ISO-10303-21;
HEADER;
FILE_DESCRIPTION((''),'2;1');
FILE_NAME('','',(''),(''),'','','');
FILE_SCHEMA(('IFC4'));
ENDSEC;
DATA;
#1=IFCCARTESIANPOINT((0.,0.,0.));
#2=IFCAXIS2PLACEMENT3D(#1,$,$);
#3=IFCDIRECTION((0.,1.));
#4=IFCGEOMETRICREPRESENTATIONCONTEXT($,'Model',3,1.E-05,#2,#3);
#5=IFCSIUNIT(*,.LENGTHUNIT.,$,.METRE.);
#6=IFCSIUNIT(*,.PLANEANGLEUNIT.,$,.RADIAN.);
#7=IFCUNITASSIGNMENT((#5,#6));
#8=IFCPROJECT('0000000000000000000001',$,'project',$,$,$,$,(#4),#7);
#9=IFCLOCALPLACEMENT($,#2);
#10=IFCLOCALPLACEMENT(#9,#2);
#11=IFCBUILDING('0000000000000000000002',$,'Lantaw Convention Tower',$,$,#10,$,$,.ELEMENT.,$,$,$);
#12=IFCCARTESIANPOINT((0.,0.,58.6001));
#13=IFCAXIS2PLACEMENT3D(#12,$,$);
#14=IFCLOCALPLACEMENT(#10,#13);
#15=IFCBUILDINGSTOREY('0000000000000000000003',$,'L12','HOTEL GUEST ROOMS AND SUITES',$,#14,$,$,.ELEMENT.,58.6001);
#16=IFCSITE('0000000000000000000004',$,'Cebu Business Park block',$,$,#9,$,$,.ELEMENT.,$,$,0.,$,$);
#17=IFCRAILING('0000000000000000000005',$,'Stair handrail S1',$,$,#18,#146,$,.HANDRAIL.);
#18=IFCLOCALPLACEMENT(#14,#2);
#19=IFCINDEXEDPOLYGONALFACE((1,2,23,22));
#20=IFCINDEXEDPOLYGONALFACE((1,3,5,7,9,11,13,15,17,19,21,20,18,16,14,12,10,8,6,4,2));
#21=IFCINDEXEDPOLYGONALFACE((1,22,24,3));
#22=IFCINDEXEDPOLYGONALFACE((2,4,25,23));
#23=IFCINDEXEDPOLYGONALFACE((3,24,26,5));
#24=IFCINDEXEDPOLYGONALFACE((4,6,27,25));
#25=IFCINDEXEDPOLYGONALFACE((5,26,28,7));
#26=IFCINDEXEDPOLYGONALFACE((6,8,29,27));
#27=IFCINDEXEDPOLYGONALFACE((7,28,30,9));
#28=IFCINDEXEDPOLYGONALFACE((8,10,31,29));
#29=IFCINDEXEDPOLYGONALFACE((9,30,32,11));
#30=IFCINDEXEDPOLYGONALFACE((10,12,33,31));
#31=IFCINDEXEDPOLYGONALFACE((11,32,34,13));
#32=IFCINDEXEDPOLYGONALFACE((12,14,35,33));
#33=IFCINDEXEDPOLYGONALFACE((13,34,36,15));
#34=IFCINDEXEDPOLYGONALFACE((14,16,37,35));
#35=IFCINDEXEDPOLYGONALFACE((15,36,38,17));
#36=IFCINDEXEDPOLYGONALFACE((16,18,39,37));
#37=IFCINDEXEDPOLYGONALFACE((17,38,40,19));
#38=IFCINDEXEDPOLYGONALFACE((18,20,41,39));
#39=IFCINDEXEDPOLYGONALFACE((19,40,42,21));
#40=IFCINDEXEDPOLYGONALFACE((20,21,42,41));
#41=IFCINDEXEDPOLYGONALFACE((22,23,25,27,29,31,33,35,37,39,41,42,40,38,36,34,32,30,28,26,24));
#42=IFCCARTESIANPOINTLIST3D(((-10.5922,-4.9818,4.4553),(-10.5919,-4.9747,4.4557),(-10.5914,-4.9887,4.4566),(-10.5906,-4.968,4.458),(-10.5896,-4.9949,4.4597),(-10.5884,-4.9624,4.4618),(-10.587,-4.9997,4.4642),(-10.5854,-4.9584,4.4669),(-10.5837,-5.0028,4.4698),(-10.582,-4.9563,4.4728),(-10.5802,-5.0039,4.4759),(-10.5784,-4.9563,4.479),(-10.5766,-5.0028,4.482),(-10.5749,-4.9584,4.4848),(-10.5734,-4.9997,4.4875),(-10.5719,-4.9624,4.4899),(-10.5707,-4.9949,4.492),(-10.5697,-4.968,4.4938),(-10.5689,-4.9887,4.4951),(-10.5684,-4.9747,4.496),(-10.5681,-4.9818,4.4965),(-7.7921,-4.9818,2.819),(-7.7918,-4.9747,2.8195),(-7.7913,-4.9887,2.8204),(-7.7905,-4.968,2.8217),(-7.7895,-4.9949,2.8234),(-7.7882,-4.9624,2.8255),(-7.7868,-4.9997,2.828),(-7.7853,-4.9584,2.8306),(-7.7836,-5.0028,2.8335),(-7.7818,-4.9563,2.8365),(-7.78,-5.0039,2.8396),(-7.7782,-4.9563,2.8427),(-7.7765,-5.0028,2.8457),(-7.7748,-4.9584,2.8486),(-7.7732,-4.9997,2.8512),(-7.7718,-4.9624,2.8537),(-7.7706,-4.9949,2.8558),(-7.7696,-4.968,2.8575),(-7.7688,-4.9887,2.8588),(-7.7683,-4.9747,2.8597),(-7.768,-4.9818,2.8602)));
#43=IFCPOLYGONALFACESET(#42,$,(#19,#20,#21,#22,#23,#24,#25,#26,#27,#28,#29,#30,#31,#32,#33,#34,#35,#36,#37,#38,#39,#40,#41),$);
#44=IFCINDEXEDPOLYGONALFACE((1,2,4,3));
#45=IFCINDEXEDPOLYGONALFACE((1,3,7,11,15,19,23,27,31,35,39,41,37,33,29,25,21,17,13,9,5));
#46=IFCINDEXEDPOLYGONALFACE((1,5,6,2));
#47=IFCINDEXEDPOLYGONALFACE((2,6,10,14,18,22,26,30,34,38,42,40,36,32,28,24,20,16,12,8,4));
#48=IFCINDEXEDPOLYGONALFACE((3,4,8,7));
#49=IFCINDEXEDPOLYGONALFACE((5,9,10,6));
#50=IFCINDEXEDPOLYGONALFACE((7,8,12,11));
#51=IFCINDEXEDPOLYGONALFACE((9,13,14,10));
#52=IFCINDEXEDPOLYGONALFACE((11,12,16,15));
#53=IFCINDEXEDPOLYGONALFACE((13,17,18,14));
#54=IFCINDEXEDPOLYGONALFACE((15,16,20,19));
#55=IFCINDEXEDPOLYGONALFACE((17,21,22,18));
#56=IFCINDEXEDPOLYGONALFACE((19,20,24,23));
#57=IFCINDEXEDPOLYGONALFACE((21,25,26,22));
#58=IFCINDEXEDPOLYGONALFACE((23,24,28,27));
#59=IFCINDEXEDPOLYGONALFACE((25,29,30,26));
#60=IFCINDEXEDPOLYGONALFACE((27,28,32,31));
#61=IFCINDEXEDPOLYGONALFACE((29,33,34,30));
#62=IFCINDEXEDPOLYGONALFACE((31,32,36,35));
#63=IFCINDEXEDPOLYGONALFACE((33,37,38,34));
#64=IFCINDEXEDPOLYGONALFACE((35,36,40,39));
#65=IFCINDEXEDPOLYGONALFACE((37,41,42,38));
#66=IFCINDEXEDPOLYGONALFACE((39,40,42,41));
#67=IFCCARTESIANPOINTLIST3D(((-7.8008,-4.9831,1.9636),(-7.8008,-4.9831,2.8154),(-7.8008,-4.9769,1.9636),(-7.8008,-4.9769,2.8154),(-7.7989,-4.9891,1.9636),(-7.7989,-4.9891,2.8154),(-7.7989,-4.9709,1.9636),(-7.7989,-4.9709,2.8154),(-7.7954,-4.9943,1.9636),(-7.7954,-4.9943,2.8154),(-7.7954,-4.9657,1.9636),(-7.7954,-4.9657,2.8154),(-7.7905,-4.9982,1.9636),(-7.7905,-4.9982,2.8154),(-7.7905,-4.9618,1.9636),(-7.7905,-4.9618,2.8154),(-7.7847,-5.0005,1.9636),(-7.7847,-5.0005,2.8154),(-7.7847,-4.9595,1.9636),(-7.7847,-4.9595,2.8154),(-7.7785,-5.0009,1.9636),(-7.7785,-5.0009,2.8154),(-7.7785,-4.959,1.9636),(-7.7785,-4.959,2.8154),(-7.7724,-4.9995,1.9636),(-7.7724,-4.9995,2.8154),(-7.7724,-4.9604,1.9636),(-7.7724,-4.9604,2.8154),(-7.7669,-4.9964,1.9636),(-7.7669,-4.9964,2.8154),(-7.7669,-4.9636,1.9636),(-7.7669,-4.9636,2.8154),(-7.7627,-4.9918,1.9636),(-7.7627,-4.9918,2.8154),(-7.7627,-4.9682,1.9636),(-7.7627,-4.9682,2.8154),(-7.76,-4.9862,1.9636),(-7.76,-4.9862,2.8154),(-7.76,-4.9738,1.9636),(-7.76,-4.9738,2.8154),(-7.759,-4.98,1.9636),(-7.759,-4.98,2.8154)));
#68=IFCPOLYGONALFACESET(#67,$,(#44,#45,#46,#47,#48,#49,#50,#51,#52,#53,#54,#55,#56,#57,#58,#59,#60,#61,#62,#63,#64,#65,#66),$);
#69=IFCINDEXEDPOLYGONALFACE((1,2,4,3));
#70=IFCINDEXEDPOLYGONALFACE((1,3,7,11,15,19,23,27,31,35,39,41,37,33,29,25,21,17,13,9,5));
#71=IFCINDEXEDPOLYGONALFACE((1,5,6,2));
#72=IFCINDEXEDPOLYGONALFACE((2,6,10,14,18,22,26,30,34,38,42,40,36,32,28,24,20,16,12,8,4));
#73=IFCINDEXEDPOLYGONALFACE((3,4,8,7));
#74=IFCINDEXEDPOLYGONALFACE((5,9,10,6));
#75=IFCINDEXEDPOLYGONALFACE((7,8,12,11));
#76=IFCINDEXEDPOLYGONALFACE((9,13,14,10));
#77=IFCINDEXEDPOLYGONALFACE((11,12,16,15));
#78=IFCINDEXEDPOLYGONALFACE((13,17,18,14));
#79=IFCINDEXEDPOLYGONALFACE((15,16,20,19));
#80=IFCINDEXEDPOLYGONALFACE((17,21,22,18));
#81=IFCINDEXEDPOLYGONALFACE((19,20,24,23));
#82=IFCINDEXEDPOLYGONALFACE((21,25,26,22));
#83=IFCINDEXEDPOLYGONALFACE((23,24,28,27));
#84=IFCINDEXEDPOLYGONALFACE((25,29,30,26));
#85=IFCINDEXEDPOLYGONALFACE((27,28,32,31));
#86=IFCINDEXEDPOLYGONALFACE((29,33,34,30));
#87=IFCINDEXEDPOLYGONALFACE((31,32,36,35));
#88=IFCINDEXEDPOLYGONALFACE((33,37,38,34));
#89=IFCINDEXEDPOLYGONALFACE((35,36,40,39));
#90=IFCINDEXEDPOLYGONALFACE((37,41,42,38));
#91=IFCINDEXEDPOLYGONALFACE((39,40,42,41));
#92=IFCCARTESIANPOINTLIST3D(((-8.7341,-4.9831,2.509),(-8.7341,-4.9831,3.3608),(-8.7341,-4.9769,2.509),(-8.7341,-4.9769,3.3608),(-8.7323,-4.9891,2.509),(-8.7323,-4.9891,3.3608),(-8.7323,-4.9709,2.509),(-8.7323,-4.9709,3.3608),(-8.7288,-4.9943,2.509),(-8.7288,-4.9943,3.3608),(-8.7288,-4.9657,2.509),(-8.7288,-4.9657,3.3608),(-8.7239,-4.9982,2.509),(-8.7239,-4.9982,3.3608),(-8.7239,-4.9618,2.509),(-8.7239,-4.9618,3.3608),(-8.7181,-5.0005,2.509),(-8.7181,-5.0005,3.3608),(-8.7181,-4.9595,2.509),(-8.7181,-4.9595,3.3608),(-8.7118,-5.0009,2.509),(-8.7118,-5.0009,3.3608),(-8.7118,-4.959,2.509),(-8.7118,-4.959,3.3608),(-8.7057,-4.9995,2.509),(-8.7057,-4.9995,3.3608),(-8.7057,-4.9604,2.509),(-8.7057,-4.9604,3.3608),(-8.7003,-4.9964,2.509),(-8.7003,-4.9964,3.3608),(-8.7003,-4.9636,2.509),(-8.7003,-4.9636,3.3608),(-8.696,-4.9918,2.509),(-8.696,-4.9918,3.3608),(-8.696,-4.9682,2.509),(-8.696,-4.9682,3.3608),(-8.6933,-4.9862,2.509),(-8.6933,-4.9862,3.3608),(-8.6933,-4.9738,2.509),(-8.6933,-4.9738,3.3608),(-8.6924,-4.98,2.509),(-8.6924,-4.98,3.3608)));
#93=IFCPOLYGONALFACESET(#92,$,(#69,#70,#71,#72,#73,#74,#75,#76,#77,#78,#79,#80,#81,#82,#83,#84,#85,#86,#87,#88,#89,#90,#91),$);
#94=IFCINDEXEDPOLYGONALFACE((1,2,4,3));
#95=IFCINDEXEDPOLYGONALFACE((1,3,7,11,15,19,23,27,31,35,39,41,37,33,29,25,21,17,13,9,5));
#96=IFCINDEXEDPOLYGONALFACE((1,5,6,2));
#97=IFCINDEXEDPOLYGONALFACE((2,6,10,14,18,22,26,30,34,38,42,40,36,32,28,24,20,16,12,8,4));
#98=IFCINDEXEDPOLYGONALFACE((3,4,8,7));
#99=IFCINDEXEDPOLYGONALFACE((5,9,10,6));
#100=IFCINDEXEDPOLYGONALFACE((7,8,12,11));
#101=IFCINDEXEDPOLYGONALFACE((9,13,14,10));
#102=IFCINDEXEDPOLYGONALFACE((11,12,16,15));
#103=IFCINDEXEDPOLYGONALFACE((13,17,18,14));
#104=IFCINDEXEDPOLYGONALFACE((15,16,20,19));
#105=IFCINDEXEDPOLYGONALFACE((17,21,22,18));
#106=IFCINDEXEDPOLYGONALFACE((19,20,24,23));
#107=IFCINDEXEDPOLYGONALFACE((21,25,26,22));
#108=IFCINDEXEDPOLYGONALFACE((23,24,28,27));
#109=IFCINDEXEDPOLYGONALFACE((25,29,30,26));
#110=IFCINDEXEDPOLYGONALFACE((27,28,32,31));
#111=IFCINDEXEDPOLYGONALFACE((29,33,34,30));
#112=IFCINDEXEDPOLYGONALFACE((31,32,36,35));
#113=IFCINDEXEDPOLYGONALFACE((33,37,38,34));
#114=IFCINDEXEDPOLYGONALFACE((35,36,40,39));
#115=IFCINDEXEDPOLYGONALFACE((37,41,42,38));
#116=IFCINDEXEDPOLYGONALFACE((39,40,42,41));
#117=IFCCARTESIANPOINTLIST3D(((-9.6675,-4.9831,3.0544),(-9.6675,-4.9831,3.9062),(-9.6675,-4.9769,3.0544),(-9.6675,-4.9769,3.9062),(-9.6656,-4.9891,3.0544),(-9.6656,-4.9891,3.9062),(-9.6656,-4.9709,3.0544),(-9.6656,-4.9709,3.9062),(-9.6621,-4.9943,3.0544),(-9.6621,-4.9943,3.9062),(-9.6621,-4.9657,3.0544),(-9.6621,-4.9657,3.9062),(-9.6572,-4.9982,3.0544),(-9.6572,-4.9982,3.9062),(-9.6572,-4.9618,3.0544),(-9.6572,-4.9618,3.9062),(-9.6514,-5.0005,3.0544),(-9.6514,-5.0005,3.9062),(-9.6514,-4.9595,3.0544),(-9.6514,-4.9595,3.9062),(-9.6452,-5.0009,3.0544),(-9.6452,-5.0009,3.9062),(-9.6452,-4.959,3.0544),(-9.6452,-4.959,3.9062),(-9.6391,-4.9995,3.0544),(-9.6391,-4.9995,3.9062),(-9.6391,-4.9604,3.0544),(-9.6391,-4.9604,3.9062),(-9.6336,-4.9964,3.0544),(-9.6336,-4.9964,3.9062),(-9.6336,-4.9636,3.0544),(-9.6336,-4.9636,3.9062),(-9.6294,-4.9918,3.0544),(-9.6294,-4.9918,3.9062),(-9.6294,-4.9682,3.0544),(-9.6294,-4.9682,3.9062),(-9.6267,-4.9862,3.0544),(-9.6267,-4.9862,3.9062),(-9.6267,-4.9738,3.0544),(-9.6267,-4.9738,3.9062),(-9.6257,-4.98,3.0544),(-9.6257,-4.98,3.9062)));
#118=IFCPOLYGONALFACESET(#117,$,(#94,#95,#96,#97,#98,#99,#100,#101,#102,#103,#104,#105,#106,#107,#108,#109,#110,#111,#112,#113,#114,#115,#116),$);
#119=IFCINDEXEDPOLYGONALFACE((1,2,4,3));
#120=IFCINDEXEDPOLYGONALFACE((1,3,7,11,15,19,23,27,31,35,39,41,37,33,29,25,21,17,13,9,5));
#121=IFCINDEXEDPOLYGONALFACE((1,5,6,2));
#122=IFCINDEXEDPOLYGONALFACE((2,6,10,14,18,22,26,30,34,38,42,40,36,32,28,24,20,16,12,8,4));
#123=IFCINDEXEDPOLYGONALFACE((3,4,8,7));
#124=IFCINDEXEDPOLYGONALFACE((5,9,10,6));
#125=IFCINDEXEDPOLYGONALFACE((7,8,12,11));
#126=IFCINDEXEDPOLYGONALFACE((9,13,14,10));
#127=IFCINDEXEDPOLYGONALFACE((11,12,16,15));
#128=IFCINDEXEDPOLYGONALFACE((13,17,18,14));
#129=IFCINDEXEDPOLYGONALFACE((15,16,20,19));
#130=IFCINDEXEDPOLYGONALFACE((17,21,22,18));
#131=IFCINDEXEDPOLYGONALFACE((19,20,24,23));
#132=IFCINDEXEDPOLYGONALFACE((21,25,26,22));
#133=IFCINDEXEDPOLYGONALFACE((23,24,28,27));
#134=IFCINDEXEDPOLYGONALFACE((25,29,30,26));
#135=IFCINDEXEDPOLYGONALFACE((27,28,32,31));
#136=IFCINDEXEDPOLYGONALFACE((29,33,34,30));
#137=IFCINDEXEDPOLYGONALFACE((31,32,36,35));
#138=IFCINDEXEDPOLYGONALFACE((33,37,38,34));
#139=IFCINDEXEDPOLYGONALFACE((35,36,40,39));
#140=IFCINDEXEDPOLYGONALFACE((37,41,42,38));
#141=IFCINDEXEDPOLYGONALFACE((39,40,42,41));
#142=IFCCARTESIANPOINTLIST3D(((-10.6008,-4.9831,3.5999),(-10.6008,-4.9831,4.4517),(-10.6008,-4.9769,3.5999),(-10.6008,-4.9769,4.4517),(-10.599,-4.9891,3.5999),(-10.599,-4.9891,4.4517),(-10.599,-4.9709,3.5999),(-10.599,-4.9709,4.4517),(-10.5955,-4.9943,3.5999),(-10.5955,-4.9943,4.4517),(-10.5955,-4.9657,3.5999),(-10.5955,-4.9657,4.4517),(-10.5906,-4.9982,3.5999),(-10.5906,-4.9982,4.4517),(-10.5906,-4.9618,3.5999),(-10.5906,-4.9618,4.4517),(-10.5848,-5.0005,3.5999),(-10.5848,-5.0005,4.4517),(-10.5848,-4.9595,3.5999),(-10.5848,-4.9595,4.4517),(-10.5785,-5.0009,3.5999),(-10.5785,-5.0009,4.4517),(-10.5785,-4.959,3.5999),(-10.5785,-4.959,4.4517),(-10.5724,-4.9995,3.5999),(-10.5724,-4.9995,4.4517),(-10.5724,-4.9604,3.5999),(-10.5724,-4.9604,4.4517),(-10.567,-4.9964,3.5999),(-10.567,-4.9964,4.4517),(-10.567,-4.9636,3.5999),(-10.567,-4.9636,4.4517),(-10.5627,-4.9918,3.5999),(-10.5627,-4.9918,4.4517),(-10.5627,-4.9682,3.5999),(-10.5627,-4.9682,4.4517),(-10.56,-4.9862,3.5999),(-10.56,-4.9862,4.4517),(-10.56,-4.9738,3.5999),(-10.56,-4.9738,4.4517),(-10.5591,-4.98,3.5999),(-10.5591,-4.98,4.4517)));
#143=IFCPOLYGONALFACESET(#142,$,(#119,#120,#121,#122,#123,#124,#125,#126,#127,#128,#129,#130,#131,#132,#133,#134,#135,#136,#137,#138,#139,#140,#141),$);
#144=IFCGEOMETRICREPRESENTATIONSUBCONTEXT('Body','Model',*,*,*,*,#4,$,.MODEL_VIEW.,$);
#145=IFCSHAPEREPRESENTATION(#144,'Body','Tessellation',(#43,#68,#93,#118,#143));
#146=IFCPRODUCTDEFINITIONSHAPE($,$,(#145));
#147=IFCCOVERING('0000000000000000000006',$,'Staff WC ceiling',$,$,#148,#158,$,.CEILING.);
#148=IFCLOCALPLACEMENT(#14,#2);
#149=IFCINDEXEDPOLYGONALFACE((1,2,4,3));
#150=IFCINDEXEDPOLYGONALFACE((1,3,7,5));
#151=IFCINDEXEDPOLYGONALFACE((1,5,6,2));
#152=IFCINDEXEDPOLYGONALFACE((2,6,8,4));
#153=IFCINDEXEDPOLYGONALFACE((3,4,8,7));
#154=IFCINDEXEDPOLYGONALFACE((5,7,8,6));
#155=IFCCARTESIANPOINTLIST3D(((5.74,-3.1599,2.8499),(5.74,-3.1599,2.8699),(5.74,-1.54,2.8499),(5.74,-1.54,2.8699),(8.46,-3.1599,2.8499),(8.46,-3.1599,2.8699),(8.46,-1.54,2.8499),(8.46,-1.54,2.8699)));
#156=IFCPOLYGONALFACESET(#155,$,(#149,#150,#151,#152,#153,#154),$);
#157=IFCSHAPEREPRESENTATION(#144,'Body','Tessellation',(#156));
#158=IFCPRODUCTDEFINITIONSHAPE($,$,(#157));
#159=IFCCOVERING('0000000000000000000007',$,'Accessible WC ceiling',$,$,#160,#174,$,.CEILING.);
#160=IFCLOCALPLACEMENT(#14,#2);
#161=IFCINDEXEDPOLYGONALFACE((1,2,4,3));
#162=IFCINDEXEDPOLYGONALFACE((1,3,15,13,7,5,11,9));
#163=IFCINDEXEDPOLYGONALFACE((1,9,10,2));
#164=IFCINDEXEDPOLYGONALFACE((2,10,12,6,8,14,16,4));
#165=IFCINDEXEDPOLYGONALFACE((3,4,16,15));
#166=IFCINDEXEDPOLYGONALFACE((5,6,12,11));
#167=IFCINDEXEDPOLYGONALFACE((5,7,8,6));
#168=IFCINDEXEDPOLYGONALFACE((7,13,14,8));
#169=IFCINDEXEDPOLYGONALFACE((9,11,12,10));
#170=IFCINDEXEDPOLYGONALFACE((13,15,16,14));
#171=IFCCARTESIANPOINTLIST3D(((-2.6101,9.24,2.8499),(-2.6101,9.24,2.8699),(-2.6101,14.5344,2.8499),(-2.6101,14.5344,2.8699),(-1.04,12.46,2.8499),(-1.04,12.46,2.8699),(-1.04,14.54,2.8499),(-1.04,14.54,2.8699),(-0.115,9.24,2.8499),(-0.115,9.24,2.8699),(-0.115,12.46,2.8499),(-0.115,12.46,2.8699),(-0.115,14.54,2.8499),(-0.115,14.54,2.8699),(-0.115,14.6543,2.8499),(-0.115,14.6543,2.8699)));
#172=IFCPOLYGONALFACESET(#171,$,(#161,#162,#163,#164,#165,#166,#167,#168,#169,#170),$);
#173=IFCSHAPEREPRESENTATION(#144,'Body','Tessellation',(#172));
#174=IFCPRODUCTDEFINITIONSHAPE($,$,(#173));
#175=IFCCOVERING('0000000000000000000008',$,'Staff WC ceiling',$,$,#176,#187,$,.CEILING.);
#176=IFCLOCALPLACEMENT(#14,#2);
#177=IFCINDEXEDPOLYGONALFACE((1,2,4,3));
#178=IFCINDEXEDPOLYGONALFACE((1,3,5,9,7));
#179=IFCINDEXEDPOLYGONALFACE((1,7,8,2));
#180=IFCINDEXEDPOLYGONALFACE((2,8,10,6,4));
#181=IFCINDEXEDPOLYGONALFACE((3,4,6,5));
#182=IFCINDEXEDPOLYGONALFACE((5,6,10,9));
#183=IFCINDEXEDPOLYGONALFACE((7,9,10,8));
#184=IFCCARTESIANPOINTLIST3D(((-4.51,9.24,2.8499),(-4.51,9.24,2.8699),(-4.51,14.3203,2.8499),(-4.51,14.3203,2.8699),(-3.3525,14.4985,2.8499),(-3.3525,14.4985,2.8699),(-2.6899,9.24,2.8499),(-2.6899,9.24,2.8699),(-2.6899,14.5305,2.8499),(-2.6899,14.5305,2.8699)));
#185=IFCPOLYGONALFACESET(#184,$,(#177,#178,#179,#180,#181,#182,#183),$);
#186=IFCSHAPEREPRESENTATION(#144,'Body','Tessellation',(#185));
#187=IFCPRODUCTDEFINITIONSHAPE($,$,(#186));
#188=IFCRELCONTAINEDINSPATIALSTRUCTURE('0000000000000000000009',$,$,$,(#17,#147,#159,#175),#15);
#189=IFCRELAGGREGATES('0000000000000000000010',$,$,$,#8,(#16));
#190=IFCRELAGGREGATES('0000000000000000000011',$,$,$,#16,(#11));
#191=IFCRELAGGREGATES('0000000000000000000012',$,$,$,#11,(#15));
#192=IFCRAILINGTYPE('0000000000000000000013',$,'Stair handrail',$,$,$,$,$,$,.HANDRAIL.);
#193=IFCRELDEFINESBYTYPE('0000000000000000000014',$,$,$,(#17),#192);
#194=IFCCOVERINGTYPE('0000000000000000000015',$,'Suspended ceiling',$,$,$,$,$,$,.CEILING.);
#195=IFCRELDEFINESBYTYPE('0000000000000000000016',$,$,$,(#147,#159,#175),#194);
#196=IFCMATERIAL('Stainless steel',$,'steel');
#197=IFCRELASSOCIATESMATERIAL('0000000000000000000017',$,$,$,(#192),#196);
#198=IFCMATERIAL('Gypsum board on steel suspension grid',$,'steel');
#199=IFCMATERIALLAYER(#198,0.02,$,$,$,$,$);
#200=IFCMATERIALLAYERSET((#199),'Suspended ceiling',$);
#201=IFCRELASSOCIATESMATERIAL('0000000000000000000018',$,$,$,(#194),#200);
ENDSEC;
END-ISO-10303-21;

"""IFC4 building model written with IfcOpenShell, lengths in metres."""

from ifc_helpers import new_model, si_unit, direction, frame, origin, origin_2d, place, context, subcontext, project, spatial, polyline, circle, outline, extrude, material, layer, layer_set, type_object, element, save


model = new_model("IFC4")

# Units and contexts
model_context = context("Model", 3, precision=1e-05, world=origin(), true_north=direction((0.0, 1.0)))
body_context = subcontext(model_context, "Body", "Model", "MODEL_VIEW")
ifc_project = project(units=[si_unit("LENGTHUNIT", "METRE"), si_unit("PLANEANGLEUNIT", "RADIAN")], contexts=[model_context])

# Site, building, storey
site_placement = place(None, origin())
site = spatial("IfcSite", under=ifc_project, at=site_placement, Name="Cebu Business Park block", CompositionType="ELEMENT", RefElevation=0.0)
building_placement = place(site_placement, origin())
building = spatial("IfcBuilding", under=site, at=building_placement, Name="Lantaw Convention Tower", CompositionType="ELEMENT")
storey_placement = place(building_placement, frame((0.0, 0.0, 58.6001)))
storey = spatial("IfcBuildingStorey", under=building, at=storey_placement, Name="L12", Description="HOTEL GUEST ROOMS AND SUITES", CompositionType="ELEMENT", Elevation=58.6001)

# Shared definitions
ifc_material_1 = material(Name="Stainless steel", Category="steel")

# Railing
railing_type = type_object("IfcRailingType", Name="Stair handrail", PredefinedType="HANDRAIL", material=ifc_material_1)
railing_1_placement = place(storey_placement, frame((-7.78, -4.98, 1.9636)))
element("IfcRailing", 1, at=railing_1_placement, inside=storey, type_object=railing_type, Name="Stair handrail S1", PredefinedType="HANDRAIL", context=body_context, shape_type="SweptSolid", body=[
    extrude(circle(Radius=0.0239, at=origin_2d()), frame((0.0, 0.0, 0.876), z_axis=(-0.863394, 0.0, 0.504531), x_axis=(0.0, -1.0, 0.0)), (0.0, 0.0, 1.0), 3.2432),
    extrude(circle(Radius=0.021, at=origin_2d()), origin(), (0.0, 0.0, 1.0), 0.8518),
    extrude(circle(Radius=0.021, at=origin_2d()), frame((-0.9333, 0.0, 0.5454)), (0.0, 0.0, 1.0), 0.8518),
    extrude(circle(Radius=0.021, at=origin_2d()), frame((-1.8667, 0.0, 1.0908)), (0.0, 0.0, 1.0), 0.8518),
    extrude(circle(Radius=0.021, at=origin_2d()), frame((-2.8, 0.0, 1.6362)), (0.0, 0.0, 1.0), 0.8518),
])

# Coverings
ifc_material_2 = material(Name="Gypsum board on steel suspension grid", Category="steel")
ifc_layer_1 = layer(ifc_material_2, 0.02)
ifc_layer_set_1 = layer_set([ifc_layer_1], Name="Suspended ceiling")
covering_type = type_object("IfcCoveringType", Name="Suspended ceiling", PredefinedType="CEILING", material=ifc_layer_set_1)
covering_1_placement = place(storey_placement, frame((0.0, 0.0, 2.8499)))
element("IfcCovering", 2, at=covering_1_placement, inside=storey, type_object=covering_type, Name="Staff WC ceiling", PredefinedType="CEILING", context=body_context, shape_type="SweptSolid", body=[
    extrude(outline(polyline([(5.74, -3.1599), (8.46, -3.1599), (8.46, -1.54), (5.74, -1.54), (5.74, -3.1599)])), origin(), (0.0, 0.0, 1.0), 0.02),
])
covering_2_placement = place(storey_placement, frame((0.0, 0.0, 2.8499)))
element("IfcCovering", 3, at=covering_2_placement, inside=storey, type_object=covering_type, Name="Accessible WC ceiling", PredefinedType="CEILING", context=body_context, shape_type="SweptSolid", body=[
    extrude(outline(polyline([(-0.115, 14.54), (-0.115, 14.6543), (-2.6101, 14.5344), (-2.6101, 9.24), (-0.115, 9.24), (-0.115, 12.46), (-1.04, 12.46), (-1.04, 14.54), (-0.115, 14.54)])), origin(), (0.0, 0.0, 1.0), 0.02),
])
covering_3_placement = place(storey_placement, frame((0.0, 0.0, 2.8499)))
element("IfcCovering", 4, at=covering_3_placement, inside=storey, type_object=covering_type, Name="Staff WC ceiling", PredefinedType="CEILING", context=body_context, shape_type="SweptSolid", body=[
    extrude(outline(polyline([(-3.3525, 14.4985), (-4.51, 14.3203), (-4.51, 9.24), (-2.6899, 9.24), (-2.6899, 14.5305), (-3.3525, 14.4985)])), origin(), (0.0, 0.0, 1.0), 0.02),
])

save(model, "model.ifc")
